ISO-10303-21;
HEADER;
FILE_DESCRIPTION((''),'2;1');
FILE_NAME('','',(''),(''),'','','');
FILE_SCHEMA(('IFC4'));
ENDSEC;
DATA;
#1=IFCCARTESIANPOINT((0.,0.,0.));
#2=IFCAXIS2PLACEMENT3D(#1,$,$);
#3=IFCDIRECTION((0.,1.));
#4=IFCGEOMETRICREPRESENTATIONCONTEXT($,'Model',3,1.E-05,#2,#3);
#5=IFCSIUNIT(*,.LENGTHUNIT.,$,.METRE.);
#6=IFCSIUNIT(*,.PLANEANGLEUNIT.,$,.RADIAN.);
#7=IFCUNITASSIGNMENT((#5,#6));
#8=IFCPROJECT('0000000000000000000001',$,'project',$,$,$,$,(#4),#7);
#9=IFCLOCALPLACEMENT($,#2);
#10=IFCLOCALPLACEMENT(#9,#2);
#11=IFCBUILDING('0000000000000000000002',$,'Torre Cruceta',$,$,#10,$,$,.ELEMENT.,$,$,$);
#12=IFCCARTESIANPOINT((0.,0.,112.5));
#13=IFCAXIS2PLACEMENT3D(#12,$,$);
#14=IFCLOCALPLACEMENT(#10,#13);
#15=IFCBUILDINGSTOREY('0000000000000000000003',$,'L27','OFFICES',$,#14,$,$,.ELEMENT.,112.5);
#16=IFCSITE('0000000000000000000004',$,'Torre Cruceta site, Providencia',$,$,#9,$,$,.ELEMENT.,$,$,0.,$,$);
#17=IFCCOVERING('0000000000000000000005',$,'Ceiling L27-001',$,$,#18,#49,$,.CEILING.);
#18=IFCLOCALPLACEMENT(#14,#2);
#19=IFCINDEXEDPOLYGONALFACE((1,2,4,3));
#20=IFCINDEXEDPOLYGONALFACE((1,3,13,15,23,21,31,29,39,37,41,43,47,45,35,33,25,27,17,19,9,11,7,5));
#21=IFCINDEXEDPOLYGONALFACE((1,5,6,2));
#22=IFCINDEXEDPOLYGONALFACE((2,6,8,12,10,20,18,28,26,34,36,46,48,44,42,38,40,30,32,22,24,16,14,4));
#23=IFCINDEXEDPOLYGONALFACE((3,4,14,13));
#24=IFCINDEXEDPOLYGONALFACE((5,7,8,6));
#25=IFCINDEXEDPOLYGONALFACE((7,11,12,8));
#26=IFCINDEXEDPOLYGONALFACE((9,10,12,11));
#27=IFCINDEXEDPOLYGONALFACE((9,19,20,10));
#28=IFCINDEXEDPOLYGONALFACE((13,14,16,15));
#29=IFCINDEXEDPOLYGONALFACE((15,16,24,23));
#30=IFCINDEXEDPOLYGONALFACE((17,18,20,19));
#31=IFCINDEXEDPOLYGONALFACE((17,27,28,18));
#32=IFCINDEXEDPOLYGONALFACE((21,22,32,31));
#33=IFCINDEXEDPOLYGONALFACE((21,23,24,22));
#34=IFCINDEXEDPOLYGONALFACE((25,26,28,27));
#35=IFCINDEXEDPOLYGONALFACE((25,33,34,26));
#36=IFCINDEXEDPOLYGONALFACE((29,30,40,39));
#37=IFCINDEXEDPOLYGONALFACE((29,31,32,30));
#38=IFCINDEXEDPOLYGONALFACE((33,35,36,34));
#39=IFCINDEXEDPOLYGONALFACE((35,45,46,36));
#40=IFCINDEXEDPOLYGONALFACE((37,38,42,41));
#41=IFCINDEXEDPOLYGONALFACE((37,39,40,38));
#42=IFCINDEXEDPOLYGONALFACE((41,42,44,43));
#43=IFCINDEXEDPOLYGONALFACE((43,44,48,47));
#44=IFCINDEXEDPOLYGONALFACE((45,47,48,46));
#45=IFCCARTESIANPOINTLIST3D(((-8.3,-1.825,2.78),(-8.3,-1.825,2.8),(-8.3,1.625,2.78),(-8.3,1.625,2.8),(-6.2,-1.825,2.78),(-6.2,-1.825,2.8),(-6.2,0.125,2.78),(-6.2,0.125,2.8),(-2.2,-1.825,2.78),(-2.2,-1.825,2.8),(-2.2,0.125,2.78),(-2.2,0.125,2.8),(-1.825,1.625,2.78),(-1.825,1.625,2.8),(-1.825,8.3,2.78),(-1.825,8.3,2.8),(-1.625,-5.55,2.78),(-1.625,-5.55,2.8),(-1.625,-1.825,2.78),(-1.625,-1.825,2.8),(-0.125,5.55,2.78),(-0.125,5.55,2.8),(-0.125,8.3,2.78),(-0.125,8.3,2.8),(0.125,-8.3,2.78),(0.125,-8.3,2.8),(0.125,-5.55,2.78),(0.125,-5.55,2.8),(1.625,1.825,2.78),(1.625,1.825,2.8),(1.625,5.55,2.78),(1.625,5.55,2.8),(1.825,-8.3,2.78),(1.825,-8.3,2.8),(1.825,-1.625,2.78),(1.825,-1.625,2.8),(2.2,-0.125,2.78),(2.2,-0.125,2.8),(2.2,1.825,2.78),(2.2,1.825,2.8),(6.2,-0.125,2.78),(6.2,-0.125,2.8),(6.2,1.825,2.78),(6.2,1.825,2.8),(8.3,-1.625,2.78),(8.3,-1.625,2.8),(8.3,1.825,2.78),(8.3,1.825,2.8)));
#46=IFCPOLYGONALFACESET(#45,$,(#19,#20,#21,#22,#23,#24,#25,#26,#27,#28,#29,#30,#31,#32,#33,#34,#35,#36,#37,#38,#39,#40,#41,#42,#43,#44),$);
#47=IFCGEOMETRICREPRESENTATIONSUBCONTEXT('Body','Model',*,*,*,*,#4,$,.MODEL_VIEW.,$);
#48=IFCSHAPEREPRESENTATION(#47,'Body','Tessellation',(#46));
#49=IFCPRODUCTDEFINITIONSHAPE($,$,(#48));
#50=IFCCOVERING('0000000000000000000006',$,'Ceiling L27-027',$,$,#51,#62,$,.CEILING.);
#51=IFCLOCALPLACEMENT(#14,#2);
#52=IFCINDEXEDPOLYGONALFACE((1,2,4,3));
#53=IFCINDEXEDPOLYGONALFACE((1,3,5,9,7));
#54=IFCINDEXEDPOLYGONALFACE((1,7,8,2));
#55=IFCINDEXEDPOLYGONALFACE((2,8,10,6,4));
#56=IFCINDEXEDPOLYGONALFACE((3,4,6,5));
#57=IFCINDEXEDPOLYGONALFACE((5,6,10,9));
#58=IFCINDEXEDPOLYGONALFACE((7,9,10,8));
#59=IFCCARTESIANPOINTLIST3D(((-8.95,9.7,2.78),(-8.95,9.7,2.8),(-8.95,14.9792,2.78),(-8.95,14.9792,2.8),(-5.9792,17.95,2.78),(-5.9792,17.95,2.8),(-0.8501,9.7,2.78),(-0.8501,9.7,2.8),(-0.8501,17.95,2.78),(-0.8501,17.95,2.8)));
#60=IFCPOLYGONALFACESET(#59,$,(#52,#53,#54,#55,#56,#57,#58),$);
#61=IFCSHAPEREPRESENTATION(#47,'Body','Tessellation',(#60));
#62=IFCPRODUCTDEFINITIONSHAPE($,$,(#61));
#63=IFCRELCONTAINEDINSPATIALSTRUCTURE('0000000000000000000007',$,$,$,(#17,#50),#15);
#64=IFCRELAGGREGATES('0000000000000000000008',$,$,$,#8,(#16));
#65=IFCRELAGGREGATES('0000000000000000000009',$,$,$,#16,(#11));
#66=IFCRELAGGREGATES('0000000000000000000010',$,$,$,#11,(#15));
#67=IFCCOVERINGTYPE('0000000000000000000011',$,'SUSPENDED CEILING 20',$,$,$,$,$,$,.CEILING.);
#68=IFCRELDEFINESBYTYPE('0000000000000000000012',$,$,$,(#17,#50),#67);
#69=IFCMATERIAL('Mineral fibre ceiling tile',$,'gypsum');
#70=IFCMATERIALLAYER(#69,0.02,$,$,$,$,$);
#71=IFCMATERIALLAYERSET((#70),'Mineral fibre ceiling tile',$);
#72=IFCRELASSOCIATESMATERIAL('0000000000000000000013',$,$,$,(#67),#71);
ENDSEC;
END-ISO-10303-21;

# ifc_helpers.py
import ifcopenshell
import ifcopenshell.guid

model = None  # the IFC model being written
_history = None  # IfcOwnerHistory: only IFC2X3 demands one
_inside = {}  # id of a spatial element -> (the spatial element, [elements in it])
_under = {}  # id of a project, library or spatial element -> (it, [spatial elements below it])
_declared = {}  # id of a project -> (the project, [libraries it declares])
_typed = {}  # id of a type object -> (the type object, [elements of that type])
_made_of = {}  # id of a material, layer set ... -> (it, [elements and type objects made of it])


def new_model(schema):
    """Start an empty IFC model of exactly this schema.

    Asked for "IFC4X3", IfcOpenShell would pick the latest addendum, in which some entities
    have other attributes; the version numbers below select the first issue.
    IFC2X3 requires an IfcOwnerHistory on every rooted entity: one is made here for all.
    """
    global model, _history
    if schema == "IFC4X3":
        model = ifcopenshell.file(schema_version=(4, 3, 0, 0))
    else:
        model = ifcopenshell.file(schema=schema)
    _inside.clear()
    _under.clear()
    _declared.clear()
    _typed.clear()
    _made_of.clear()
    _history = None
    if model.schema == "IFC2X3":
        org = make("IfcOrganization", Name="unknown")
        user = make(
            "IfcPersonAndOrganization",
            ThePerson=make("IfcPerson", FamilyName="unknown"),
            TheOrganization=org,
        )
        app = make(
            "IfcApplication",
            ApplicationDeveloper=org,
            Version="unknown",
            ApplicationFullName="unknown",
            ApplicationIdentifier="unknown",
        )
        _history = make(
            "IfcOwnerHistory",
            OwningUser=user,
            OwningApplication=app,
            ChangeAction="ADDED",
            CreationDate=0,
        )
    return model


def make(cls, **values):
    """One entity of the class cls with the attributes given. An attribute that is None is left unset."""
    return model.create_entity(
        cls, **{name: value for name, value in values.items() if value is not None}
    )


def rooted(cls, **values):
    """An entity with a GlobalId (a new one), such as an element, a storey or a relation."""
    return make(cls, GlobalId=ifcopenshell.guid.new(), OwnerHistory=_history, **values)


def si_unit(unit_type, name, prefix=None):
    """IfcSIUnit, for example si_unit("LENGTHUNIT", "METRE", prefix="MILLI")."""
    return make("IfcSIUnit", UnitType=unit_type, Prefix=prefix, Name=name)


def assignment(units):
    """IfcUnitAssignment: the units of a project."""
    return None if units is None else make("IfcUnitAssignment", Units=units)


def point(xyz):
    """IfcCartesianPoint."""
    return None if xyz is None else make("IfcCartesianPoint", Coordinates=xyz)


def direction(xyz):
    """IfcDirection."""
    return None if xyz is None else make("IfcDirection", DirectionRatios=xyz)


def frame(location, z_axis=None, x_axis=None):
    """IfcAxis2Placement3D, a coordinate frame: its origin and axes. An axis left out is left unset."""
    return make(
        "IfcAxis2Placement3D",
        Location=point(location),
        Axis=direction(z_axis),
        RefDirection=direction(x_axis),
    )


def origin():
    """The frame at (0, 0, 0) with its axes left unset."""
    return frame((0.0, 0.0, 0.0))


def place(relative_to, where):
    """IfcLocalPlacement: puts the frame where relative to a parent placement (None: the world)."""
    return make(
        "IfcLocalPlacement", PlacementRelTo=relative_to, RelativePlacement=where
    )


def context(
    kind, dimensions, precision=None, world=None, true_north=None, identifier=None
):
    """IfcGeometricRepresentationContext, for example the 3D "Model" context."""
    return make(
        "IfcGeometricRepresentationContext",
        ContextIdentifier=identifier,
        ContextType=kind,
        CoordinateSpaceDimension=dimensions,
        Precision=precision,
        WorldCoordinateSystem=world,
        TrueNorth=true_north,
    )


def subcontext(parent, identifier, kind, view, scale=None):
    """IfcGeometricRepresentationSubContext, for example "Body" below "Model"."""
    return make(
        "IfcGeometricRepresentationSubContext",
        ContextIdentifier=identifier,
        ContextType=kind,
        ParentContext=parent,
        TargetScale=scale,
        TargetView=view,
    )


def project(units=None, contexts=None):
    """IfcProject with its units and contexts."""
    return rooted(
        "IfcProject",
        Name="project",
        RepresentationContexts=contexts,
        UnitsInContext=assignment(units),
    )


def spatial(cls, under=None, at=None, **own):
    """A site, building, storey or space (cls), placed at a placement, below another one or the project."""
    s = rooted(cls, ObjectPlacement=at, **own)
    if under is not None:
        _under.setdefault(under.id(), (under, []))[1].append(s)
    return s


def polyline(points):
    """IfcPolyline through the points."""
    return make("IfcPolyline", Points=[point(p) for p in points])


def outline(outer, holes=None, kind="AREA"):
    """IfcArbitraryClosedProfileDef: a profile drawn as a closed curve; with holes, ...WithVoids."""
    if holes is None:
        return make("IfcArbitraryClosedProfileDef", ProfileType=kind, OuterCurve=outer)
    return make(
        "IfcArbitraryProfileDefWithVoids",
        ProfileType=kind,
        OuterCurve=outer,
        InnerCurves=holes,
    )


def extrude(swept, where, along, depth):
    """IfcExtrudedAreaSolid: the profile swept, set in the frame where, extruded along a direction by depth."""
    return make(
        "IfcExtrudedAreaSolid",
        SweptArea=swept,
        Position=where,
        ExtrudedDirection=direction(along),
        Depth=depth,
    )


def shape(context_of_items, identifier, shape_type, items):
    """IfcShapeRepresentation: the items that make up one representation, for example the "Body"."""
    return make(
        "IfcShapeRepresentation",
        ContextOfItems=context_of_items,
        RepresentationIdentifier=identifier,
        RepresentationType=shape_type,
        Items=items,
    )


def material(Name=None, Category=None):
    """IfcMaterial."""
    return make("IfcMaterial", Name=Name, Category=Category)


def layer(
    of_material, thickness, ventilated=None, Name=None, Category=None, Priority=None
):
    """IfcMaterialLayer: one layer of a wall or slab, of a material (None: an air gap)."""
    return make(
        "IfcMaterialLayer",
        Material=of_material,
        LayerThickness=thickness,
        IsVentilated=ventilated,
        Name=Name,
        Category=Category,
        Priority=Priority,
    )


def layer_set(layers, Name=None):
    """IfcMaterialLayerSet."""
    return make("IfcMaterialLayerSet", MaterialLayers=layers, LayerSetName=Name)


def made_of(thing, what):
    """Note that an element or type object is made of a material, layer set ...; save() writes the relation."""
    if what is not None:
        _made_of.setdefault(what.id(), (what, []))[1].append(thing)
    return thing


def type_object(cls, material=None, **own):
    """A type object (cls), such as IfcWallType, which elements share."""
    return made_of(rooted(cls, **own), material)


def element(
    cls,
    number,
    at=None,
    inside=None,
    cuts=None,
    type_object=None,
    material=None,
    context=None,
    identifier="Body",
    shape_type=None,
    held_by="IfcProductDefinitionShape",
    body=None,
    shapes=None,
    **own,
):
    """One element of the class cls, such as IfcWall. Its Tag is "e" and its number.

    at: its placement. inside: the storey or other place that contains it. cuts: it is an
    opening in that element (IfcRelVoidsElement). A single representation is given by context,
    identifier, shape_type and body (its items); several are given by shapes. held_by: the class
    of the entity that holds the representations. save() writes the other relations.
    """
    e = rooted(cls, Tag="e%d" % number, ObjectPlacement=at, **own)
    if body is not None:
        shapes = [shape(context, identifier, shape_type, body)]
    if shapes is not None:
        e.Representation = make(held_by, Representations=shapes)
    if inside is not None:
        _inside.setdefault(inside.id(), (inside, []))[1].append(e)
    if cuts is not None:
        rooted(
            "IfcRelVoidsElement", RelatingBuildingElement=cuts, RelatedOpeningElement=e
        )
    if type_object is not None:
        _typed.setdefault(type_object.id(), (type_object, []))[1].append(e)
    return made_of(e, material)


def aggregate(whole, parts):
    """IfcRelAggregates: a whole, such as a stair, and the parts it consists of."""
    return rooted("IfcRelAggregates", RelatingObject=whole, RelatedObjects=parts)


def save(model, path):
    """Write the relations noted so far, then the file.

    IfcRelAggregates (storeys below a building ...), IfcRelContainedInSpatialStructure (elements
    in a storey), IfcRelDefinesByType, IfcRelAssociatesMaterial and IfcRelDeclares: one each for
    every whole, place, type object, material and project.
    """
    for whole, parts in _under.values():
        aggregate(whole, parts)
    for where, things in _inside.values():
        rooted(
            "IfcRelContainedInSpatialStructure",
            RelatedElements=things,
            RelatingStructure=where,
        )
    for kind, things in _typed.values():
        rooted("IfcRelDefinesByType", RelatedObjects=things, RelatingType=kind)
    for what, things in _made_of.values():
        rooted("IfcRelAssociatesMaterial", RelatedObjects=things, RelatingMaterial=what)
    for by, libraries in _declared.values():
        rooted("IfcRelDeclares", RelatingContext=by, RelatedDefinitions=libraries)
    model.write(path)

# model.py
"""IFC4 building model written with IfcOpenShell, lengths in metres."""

from ifc_helpers import new_model, si_unit, direction, frame, origin, place, context, subcontext, project, spatial, polyline, outline, extrude, material, layer, layer_set, type_object, element, save


model = new_model("IFC4")

# Units and contexts
model_context = context("Model", 3, precision=1e-05, world=origin(), true_north=direction((0.0, 1.0)))
body_context = subcontext(model_context, "Body", "Model", "MODEL_VIEW")
ifc_project = project(units=[si_unit("LENGTHUNIT", "METRE"), si_unit("PLANEANGLEUNIT", "RADIAN")], contexts=[model_context])

# Site, building, storey
site_placement = place(None, origin())
site = spatial("IfcSite", under=ifc_project, at=site_placement, Name="Torre Cruceta site, Providencia", CompositionType="ELEMENT", RefElevation=0.0)
building_placement = place(site_placement, origin())
building = spatial("IfcBuilding", under=site, at=building_placement, Name="Torre Cruceta", CompositionType="ELEMENT")
storey_placement = place(building_placement, frame((0.0, 0.0, 112.5)))
storey = spatial("IfcBuildingStorey", under=building, at=storey_placement, Name="L27", Description="OFFICES", CompositionType="ELEMENT", Elevation=112.5)

# Coverings
ifc_material_1 = material(Name="Mineral fibre ceiling tile", Category="gypsum")
ifc_layer_1 = layer(ifc_material_1, 0.02)
ifc_layer_set_1 = layer_set([ifc_layer_1], Name="Mineral fibre ceiling tile")
covering_type = type_object("IfcCoveringType", Name="SUSPENDED CEILING 20", PredefinedType="CEILING", material=ifc_layer_set_1)
covering_1_placement = place(storey_placement, frame((0.0, 0.0, 2.78)))
element("IfcCovering", 1, at=covering_1_placement, inside=storey, type_object=covering_type, Name="Ceiling L27-001", PredefinedType="CEILING", context=body_context, shape_type="SweptSolid", body=[
    extrude(outline(polyline([(1.825, -8.3), (0.125, -8.3), (0.125, -5.55), (-1.625, -5.55), (-1.625, -1.825), (-2.2, -1.825), (-2.2, 0.125), (-6.2, 0.125), (-6.2, -1.825), (-8.3, -1.825), (-8.3, 1.625), (-1.825, 1.625), (-1.825, 8.3), (-0.125, 8.3), (-0.125, 5.55), (1.625, 5.55), (1.625, 1.825), (2.2, 1.825), (2.2, -0.125), (6.2, -0.125), (6.2, 1.825), (8.3, 1.825), (8.3, -1.625), (1.825, -1.625), (1.825, -8.3)])), origin(), (0.0, 0.0, 1.0), 0.02),
])
covering_2_placement = place(storey_placement, frame((0.0, 0.0, 2.78)))
element("IfcCovering", 2, at=covering_2_placement, inside=storey, type_object=covering_type, Name="Ceiling L27-027", PredefinedType="CEILING", context=body_context, shape_type="SweptSolid", body=[
    extrude(outline(polyline([(-8.95, 9.7), (-8.95, 14.9792), (-5.9792, 17.95), (-0.8501, 17.95), (-0.8501, 9.7), (-8.95, 9.7)])), origin(), (0.0, 0.0, 1.0), 0.02),
])

save(model, "model.ifc")
